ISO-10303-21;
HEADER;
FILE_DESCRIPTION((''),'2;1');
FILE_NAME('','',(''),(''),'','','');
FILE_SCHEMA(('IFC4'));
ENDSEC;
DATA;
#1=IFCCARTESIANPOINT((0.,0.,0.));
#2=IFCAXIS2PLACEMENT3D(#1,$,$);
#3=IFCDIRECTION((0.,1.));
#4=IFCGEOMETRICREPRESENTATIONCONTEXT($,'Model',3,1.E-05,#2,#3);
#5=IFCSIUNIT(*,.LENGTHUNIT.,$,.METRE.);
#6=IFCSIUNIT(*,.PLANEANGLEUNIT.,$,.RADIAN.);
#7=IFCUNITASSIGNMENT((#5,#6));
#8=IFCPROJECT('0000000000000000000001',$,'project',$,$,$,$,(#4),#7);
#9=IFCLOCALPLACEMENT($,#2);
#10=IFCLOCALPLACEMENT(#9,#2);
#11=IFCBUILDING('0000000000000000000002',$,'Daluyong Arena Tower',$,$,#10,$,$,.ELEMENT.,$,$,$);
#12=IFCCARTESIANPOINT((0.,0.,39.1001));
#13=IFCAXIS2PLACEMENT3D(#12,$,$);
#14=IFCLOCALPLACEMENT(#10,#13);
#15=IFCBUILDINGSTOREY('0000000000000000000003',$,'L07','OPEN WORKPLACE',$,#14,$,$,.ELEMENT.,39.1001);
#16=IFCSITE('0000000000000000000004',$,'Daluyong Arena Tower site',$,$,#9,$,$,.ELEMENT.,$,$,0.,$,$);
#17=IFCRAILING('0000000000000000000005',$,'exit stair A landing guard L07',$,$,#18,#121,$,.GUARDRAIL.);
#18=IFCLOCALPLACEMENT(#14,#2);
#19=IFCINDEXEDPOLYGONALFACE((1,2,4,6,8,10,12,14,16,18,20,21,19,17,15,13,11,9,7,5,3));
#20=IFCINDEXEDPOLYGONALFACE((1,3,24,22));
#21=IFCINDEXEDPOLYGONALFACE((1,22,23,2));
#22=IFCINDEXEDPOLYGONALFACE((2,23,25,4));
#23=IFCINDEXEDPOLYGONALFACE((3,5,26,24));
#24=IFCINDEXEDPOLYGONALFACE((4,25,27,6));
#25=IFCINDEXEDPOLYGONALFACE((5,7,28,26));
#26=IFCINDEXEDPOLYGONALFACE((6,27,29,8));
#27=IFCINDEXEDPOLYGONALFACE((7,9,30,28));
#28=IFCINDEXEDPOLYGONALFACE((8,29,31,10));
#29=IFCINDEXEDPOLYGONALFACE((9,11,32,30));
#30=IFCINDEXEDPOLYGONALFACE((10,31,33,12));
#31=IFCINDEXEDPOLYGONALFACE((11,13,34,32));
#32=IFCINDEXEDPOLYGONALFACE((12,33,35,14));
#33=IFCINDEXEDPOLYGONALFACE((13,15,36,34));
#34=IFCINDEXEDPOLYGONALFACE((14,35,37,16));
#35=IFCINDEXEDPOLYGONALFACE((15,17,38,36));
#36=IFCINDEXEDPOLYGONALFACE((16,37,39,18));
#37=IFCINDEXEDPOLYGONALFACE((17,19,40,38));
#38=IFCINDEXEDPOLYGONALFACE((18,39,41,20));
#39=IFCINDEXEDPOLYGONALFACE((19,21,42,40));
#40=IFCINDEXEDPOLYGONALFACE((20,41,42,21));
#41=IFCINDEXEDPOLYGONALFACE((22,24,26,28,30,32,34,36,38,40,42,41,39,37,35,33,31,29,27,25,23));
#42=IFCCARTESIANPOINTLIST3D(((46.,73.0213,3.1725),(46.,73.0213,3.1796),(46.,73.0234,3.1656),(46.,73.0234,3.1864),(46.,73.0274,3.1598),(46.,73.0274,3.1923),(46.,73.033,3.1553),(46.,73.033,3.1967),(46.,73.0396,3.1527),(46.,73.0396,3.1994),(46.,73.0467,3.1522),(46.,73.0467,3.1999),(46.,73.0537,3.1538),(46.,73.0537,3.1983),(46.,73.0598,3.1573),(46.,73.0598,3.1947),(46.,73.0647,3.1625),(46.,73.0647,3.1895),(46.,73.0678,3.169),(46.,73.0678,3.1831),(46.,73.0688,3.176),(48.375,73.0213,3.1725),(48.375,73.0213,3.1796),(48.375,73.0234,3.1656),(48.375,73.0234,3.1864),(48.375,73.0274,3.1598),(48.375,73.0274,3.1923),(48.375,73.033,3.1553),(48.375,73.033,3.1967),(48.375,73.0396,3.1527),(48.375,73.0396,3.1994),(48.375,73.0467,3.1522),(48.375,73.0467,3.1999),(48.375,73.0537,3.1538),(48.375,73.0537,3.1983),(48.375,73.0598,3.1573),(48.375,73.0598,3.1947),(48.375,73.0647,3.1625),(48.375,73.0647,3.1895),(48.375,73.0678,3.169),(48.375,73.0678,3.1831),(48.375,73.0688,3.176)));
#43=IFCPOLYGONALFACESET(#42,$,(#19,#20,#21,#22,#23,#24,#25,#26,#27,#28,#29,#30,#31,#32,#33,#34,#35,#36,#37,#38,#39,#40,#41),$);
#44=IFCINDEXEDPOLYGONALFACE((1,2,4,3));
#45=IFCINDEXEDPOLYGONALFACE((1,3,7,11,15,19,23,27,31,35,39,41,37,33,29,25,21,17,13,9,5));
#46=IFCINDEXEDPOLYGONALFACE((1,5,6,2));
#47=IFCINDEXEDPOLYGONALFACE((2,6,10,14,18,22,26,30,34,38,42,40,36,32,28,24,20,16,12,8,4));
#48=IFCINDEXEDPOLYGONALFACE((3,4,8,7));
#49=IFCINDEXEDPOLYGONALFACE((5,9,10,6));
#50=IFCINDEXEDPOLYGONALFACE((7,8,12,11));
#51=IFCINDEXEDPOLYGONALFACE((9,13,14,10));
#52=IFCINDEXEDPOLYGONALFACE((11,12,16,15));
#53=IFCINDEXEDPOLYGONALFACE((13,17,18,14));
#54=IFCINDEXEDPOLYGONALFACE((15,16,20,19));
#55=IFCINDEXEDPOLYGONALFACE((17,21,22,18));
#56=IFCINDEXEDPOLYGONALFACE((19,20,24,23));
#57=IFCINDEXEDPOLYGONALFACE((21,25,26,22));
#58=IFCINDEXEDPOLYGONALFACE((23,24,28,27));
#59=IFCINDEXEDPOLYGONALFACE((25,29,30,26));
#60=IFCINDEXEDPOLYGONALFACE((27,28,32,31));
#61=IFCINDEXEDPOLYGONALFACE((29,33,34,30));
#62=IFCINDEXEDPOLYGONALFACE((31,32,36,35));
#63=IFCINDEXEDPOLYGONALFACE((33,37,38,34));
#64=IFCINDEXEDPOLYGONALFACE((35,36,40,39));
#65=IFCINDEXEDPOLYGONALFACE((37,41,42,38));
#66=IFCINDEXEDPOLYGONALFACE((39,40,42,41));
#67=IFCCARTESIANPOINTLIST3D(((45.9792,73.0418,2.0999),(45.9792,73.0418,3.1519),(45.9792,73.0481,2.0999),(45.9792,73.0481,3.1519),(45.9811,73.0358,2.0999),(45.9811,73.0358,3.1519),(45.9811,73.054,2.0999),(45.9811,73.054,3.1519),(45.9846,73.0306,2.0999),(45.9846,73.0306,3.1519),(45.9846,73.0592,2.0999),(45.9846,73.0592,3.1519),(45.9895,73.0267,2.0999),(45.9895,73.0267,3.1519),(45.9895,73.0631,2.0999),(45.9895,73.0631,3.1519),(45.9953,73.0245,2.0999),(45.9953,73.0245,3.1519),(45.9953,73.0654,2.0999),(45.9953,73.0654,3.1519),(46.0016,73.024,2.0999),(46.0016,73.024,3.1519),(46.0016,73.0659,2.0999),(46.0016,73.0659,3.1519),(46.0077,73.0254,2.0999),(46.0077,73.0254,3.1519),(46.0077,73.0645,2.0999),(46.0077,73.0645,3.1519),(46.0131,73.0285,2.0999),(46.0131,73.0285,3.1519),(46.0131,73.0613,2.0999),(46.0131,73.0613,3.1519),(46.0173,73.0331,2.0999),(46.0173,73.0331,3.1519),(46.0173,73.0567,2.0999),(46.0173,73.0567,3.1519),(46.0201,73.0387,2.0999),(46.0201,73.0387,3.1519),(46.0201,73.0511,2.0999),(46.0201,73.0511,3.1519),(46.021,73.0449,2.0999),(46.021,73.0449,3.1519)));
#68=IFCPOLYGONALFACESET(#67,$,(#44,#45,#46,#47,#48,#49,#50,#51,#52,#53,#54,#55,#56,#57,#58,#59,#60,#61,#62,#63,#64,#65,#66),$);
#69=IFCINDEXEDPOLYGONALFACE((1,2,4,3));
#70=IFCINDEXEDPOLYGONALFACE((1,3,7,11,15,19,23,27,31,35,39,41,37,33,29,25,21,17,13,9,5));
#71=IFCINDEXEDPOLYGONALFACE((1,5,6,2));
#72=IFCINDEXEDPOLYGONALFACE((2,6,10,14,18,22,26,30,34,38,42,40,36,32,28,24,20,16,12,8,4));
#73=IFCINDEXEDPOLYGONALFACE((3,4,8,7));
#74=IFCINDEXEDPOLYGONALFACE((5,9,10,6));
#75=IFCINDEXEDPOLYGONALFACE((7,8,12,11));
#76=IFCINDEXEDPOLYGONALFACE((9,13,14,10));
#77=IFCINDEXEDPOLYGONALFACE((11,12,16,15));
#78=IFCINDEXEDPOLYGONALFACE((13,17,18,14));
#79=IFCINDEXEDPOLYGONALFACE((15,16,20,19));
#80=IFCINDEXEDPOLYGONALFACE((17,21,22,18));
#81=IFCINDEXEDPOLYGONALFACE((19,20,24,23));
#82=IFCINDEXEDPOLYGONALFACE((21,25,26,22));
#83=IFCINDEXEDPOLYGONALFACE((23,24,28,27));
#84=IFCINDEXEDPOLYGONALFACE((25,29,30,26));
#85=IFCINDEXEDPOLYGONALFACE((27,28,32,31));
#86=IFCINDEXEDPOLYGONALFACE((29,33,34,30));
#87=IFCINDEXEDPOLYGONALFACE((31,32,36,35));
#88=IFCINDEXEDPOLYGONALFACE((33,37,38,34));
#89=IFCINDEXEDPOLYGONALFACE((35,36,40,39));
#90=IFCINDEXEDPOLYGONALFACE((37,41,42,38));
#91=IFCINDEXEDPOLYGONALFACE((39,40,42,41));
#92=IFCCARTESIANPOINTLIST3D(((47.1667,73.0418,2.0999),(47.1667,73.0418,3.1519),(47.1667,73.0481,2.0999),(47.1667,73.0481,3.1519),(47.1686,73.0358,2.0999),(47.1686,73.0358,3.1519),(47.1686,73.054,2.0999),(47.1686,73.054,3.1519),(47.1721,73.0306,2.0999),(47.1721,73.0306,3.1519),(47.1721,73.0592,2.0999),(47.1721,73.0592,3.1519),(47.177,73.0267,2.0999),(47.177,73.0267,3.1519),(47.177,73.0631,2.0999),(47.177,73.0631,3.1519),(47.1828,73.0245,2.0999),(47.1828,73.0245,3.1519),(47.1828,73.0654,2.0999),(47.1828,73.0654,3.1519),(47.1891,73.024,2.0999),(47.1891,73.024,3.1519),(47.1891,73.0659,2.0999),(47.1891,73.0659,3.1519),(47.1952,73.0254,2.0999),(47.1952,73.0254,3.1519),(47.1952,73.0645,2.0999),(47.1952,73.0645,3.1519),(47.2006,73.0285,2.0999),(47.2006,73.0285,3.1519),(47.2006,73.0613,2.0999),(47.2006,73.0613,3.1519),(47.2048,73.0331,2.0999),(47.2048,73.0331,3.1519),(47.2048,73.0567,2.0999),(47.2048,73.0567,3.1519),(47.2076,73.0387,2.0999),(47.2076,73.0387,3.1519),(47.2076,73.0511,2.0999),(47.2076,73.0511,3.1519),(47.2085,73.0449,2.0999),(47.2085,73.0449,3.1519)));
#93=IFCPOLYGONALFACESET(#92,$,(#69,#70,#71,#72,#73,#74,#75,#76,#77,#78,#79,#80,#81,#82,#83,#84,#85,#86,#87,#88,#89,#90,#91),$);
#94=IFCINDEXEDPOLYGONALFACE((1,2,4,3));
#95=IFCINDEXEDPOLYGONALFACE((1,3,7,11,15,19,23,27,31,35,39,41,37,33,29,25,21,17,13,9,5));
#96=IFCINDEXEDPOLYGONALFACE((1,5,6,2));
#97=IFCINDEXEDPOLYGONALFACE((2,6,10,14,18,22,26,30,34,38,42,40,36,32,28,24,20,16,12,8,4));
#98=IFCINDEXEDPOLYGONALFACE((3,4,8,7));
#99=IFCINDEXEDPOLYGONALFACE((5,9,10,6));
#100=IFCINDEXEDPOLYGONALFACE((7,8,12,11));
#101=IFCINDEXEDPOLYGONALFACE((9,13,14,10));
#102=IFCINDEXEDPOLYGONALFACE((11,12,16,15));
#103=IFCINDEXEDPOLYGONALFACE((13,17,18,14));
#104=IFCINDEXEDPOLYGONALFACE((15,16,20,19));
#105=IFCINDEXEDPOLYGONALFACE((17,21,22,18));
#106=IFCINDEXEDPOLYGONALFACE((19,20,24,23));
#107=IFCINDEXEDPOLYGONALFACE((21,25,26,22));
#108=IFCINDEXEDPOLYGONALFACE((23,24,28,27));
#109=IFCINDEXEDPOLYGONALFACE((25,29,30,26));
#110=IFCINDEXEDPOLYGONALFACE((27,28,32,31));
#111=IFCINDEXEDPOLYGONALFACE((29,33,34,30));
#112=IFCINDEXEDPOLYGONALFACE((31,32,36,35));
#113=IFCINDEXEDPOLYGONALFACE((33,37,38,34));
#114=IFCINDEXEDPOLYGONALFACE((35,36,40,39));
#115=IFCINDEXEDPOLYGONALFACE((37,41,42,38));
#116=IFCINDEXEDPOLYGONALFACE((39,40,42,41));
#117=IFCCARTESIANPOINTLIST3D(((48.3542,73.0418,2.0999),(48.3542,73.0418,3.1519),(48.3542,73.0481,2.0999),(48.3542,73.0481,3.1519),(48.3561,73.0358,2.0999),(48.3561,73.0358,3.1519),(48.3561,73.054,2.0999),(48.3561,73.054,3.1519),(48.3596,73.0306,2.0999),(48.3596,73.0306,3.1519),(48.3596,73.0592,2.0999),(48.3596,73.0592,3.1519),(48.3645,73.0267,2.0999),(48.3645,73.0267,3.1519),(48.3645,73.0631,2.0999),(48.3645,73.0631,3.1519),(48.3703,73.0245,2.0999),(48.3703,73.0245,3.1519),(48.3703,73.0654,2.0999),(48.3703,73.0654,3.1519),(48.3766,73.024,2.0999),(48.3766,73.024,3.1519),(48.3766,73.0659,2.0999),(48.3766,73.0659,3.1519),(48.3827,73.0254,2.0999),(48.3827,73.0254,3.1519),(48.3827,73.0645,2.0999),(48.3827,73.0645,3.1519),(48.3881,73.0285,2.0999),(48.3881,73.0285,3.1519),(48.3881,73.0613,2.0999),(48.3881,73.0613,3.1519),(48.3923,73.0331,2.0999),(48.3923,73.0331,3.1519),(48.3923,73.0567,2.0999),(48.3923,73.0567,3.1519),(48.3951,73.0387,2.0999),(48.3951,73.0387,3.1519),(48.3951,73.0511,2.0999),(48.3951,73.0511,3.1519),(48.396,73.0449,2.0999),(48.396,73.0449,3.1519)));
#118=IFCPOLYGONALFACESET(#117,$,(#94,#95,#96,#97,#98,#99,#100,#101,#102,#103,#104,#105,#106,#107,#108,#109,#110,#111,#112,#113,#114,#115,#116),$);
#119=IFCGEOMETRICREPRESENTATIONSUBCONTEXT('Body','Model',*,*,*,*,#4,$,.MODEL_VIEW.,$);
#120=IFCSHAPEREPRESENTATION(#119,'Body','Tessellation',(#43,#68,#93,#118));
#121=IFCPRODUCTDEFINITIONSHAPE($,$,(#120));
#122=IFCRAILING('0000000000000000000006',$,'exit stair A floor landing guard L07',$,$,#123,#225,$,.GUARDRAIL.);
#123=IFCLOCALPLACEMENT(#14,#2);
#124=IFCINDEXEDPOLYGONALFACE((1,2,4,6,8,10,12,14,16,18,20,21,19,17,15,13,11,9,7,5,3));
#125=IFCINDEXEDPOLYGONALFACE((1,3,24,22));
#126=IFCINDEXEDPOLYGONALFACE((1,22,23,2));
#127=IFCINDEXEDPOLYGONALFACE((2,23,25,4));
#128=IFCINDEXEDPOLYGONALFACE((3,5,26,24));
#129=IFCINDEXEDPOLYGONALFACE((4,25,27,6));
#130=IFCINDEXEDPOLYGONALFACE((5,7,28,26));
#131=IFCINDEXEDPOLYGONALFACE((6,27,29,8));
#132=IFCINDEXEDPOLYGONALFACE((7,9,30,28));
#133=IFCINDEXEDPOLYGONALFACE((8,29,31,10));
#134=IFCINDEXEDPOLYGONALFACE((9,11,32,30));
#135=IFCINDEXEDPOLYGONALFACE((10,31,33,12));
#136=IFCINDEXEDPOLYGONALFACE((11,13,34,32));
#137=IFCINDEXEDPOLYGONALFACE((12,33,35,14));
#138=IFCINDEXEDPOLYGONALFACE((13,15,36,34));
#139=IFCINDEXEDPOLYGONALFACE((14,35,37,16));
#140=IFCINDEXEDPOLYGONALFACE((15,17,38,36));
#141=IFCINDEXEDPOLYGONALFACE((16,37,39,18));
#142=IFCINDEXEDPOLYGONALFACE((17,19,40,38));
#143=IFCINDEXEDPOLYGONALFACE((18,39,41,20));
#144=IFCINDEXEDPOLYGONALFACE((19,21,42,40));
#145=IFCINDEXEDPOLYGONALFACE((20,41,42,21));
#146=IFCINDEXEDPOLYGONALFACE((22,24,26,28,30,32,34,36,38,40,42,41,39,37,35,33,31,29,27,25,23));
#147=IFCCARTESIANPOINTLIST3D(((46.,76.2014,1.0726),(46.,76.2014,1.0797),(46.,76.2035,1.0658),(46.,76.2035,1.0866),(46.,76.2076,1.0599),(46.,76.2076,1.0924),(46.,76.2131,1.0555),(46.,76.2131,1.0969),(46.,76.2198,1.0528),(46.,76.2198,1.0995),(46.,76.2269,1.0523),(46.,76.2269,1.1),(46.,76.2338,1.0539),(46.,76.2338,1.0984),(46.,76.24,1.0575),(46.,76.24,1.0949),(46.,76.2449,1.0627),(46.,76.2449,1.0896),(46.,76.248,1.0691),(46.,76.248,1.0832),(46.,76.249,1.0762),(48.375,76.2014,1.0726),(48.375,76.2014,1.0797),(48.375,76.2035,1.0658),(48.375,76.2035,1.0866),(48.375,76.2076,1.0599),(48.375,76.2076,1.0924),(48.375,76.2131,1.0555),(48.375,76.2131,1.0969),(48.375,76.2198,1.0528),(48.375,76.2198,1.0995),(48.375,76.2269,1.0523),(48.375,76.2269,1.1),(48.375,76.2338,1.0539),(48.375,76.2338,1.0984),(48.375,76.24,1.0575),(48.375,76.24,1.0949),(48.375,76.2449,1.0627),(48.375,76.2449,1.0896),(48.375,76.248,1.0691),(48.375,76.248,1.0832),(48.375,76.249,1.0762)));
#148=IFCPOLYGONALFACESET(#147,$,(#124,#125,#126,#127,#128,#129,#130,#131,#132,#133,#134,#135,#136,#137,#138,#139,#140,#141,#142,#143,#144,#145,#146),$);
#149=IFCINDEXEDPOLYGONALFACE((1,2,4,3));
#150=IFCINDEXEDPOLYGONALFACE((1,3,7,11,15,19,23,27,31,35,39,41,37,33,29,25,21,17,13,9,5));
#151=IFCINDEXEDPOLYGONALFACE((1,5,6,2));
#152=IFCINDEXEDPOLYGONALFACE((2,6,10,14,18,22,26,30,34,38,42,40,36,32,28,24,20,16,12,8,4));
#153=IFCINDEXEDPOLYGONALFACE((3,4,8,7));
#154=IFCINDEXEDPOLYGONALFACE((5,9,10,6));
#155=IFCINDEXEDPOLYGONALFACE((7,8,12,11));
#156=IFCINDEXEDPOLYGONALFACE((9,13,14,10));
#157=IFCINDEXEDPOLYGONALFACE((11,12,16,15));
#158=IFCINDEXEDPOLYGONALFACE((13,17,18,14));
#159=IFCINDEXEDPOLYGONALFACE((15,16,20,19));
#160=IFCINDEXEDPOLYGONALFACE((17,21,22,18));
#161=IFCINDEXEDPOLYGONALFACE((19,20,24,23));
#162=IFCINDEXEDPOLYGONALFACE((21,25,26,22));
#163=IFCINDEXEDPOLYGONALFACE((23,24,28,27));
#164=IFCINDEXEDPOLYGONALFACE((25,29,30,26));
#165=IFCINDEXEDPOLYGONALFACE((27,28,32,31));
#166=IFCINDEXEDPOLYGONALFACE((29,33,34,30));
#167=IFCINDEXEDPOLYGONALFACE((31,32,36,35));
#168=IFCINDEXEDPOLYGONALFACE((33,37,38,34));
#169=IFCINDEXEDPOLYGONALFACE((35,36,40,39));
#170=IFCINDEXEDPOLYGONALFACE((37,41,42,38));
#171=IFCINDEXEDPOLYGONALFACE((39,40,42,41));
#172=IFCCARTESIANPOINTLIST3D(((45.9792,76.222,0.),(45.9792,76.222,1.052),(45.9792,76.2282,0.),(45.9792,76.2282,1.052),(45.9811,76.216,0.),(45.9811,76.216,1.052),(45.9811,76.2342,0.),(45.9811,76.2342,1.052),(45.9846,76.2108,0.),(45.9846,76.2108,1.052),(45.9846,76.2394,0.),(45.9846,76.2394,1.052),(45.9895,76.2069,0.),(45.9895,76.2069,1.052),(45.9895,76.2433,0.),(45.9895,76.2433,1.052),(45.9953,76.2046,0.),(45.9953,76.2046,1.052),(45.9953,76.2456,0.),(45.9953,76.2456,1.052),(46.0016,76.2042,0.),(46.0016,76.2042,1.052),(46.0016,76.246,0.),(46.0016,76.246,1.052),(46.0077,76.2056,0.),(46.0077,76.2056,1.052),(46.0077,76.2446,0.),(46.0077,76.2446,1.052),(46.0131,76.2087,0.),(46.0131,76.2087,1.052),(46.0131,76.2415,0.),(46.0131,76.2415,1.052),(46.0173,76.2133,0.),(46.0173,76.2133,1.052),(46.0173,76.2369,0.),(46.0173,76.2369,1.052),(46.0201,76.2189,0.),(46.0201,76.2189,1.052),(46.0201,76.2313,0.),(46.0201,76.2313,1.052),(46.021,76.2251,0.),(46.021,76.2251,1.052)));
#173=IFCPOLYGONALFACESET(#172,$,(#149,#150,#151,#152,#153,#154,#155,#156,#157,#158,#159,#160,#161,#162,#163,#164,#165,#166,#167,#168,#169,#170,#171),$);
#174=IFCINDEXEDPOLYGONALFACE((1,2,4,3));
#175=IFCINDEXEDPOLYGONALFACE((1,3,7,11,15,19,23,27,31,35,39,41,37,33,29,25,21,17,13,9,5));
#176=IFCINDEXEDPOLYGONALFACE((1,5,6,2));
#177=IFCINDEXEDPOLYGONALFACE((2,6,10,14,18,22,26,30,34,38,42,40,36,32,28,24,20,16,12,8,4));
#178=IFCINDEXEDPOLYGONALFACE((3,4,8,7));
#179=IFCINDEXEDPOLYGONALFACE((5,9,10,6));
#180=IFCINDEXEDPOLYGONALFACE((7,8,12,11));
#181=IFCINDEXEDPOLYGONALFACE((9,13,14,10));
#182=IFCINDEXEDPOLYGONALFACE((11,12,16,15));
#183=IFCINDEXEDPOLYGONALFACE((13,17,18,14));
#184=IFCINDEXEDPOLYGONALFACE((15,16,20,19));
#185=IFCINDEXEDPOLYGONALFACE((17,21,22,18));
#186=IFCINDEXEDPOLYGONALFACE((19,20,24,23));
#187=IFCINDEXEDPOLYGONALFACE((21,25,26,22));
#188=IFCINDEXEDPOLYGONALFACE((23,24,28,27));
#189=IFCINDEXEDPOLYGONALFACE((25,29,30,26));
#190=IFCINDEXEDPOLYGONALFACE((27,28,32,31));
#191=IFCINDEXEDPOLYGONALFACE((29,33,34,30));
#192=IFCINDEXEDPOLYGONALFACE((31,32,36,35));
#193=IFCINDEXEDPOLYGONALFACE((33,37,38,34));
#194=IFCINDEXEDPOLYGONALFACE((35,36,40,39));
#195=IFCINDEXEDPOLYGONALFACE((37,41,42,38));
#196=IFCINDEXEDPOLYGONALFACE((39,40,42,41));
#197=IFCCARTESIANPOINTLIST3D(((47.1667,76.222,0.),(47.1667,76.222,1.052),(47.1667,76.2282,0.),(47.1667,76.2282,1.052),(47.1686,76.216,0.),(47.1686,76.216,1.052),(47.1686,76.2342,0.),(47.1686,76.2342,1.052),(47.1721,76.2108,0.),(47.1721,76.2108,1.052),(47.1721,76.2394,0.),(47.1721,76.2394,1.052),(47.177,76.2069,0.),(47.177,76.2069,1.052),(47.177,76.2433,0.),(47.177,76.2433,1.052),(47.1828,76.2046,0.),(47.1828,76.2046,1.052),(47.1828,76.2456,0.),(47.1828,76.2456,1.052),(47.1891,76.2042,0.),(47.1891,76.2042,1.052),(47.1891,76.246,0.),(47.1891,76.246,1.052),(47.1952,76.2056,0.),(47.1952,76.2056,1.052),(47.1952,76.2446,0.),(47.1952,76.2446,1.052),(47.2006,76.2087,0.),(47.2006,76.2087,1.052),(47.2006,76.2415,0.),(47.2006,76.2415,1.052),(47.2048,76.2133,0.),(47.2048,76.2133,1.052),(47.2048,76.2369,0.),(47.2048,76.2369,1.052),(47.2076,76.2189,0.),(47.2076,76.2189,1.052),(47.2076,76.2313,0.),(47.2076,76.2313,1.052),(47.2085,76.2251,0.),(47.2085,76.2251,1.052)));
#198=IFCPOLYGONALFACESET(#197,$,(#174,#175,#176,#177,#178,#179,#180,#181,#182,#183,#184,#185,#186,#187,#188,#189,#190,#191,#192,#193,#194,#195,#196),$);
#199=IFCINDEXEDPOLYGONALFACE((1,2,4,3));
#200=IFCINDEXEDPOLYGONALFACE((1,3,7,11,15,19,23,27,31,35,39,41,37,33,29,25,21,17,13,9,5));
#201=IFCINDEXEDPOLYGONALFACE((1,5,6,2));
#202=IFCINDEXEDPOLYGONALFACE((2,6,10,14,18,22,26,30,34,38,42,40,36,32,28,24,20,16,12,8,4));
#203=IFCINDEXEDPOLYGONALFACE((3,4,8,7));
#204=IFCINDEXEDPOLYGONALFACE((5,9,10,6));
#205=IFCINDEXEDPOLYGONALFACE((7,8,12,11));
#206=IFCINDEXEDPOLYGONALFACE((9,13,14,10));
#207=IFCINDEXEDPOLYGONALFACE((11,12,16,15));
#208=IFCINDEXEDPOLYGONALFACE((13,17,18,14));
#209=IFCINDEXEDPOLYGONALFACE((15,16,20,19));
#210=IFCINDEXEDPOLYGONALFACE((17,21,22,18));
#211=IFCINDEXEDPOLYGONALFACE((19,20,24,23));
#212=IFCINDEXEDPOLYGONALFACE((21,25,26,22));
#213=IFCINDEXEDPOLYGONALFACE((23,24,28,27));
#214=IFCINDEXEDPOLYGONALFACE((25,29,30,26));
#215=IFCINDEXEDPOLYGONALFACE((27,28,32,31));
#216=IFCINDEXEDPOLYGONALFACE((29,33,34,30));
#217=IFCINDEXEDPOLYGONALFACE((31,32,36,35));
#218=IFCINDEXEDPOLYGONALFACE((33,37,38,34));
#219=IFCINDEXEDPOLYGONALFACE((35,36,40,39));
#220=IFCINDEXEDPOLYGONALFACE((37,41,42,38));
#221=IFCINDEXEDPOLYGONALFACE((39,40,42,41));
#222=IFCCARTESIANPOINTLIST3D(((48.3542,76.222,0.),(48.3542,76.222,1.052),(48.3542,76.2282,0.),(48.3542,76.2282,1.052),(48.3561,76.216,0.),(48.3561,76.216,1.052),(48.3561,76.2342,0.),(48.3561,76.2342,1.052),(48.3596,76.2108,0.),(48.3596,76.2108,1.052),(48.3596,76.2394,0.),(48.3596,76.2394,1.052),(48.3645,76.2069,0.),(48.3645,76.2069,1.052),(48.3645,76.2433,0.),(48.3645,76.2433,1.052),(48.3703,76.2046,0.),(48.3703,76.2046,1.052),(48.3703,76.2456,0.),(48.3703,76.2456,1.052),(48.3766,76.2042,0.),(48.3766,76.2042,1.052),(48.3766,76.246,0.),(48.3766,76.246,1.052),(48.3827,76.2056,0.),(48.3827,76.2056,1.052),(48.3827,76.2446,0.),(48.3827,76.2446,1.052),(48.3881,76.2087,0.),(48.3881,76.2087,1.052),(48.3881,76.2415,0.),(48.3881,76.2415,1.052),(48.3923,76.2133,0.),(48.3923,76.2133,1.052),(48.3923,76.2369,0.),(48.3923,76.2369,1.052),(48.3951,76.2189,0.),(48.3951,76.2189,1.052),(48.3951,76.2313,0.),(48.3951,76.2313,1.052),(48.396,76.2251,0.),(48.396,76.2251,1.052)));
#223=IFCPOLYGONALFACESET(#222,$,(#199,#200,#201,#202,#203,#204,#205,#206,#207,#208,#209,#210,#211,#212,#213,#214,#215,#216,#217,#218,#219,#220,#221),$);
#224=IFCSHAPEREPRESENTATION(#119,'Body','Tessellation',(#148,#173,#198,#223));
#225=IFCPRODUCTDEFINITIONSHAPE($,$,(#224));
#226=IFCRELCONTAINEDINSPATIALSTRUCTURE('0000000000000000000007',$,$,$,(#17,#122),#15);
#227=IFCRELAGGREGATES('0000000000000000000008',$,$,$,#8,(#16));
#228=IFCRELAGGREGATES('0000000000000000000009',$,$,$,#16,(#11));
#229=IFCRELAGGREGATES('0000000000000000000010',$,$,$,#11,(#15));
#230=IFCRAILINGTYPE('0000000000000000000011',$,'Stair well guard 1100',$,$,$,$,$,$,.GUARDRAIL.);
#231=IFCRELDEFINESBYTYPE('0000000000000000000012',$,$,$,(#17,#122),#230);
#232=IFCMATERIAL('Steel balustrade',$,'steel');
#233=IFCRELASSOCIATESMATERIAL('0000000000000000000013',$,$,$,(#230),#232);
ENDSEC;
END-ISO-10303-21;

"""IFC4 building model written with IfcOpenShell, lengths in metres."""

from ifc_helpers import new_model, si_unit, direction, frame, origin, origin_2d, place, context, subcontext, project, spatial, circle, extrude, material, type_object, element, save


model = new_model("IFC4")

# Units and contexts
model_context = context("Model", 3, precision=1e-05, world=origin(), true_north=direction((0.0, 1.0)))
body_context = subcontext(model_context, "Body", "Model", "MODEL_VIEW")
ifc_project = project(units=[si_unit("LENGTHUNIT", "METRE"), si_unit("PLANEANGLEUNIT", "RADIAN")], contexts=[model_context])

# Site, building, storey
site_placement = place(None, origin())
site = spatial("IfcSite", under=ifc_project, at=site_placement, Name="Daluyong Arena Tower site", CompositionType="ELEMENT", RefElevation=0.0)
building_placement = place(site_placement, origin())
building = spatial("IfcBuilding", under=site, at=building_placement, Name="Daluyong Arena Tower", CompositionType="ELEMENT")
storey_placement = place(building_placement, frame((0.0, 0.0, 39.1001)))
storey = spatial("IfcBuildingStorey", under=building, at=storey_placement, Name="L07", Description="OPEN WORKPLACE", CompositionType="ELEMENT", Elevation=39.1001)

# Railings
ifc_material_1 = material(Name="Steel balustrade", Category="steel")
railing_type_1 = type_object("IfcRailingType", Name="Stair well guard 1100", PredefinedType="GUARDRAIL", material=ifc_material_1)
for number, where, name in (
    (1, (46.0, 73.0449, 2.0999), "exit stair A landing guard L07"),
    (2, (46.0, 76.2251, 0.0), "exit stair A floor landing guard L07"),
):
    element("IfcRailing", number, at=place(storey_placement, frame(where)), inside=storey, type_object=railing_type_1, Name=name, PredefinedType="GUARDRAIL", context=body_context, shape_type="SweptSolid", body=[
        extrude(circle(Radius=0.0239, at=origin_2d()), frame((0.0, 0.0, 1.0762), z_axis=(1.0, 0.0, 0.0), x_axis=(0.0, 1.0, 0.0)), (0.0, 0.0, 1.0), 2.375),
        extrude(circle(Radius=0.021, at=origin_2d()), origin(), (0.0, 0.0, 1.0), 1.052),
        extrude(circle(Radius=0.021, at=origin_2d()), frame((1.1875, 0.0, 0.0)), (0.0, 0.0, 1.0), 1.052),
        extrude(circle(Radius=0.021, at=origin_2d()), frame((2.375, 0.0, 0.0)), (0.0, 0.0, 1.0), 1.052),
    ])

save(model, "model.ifc")
